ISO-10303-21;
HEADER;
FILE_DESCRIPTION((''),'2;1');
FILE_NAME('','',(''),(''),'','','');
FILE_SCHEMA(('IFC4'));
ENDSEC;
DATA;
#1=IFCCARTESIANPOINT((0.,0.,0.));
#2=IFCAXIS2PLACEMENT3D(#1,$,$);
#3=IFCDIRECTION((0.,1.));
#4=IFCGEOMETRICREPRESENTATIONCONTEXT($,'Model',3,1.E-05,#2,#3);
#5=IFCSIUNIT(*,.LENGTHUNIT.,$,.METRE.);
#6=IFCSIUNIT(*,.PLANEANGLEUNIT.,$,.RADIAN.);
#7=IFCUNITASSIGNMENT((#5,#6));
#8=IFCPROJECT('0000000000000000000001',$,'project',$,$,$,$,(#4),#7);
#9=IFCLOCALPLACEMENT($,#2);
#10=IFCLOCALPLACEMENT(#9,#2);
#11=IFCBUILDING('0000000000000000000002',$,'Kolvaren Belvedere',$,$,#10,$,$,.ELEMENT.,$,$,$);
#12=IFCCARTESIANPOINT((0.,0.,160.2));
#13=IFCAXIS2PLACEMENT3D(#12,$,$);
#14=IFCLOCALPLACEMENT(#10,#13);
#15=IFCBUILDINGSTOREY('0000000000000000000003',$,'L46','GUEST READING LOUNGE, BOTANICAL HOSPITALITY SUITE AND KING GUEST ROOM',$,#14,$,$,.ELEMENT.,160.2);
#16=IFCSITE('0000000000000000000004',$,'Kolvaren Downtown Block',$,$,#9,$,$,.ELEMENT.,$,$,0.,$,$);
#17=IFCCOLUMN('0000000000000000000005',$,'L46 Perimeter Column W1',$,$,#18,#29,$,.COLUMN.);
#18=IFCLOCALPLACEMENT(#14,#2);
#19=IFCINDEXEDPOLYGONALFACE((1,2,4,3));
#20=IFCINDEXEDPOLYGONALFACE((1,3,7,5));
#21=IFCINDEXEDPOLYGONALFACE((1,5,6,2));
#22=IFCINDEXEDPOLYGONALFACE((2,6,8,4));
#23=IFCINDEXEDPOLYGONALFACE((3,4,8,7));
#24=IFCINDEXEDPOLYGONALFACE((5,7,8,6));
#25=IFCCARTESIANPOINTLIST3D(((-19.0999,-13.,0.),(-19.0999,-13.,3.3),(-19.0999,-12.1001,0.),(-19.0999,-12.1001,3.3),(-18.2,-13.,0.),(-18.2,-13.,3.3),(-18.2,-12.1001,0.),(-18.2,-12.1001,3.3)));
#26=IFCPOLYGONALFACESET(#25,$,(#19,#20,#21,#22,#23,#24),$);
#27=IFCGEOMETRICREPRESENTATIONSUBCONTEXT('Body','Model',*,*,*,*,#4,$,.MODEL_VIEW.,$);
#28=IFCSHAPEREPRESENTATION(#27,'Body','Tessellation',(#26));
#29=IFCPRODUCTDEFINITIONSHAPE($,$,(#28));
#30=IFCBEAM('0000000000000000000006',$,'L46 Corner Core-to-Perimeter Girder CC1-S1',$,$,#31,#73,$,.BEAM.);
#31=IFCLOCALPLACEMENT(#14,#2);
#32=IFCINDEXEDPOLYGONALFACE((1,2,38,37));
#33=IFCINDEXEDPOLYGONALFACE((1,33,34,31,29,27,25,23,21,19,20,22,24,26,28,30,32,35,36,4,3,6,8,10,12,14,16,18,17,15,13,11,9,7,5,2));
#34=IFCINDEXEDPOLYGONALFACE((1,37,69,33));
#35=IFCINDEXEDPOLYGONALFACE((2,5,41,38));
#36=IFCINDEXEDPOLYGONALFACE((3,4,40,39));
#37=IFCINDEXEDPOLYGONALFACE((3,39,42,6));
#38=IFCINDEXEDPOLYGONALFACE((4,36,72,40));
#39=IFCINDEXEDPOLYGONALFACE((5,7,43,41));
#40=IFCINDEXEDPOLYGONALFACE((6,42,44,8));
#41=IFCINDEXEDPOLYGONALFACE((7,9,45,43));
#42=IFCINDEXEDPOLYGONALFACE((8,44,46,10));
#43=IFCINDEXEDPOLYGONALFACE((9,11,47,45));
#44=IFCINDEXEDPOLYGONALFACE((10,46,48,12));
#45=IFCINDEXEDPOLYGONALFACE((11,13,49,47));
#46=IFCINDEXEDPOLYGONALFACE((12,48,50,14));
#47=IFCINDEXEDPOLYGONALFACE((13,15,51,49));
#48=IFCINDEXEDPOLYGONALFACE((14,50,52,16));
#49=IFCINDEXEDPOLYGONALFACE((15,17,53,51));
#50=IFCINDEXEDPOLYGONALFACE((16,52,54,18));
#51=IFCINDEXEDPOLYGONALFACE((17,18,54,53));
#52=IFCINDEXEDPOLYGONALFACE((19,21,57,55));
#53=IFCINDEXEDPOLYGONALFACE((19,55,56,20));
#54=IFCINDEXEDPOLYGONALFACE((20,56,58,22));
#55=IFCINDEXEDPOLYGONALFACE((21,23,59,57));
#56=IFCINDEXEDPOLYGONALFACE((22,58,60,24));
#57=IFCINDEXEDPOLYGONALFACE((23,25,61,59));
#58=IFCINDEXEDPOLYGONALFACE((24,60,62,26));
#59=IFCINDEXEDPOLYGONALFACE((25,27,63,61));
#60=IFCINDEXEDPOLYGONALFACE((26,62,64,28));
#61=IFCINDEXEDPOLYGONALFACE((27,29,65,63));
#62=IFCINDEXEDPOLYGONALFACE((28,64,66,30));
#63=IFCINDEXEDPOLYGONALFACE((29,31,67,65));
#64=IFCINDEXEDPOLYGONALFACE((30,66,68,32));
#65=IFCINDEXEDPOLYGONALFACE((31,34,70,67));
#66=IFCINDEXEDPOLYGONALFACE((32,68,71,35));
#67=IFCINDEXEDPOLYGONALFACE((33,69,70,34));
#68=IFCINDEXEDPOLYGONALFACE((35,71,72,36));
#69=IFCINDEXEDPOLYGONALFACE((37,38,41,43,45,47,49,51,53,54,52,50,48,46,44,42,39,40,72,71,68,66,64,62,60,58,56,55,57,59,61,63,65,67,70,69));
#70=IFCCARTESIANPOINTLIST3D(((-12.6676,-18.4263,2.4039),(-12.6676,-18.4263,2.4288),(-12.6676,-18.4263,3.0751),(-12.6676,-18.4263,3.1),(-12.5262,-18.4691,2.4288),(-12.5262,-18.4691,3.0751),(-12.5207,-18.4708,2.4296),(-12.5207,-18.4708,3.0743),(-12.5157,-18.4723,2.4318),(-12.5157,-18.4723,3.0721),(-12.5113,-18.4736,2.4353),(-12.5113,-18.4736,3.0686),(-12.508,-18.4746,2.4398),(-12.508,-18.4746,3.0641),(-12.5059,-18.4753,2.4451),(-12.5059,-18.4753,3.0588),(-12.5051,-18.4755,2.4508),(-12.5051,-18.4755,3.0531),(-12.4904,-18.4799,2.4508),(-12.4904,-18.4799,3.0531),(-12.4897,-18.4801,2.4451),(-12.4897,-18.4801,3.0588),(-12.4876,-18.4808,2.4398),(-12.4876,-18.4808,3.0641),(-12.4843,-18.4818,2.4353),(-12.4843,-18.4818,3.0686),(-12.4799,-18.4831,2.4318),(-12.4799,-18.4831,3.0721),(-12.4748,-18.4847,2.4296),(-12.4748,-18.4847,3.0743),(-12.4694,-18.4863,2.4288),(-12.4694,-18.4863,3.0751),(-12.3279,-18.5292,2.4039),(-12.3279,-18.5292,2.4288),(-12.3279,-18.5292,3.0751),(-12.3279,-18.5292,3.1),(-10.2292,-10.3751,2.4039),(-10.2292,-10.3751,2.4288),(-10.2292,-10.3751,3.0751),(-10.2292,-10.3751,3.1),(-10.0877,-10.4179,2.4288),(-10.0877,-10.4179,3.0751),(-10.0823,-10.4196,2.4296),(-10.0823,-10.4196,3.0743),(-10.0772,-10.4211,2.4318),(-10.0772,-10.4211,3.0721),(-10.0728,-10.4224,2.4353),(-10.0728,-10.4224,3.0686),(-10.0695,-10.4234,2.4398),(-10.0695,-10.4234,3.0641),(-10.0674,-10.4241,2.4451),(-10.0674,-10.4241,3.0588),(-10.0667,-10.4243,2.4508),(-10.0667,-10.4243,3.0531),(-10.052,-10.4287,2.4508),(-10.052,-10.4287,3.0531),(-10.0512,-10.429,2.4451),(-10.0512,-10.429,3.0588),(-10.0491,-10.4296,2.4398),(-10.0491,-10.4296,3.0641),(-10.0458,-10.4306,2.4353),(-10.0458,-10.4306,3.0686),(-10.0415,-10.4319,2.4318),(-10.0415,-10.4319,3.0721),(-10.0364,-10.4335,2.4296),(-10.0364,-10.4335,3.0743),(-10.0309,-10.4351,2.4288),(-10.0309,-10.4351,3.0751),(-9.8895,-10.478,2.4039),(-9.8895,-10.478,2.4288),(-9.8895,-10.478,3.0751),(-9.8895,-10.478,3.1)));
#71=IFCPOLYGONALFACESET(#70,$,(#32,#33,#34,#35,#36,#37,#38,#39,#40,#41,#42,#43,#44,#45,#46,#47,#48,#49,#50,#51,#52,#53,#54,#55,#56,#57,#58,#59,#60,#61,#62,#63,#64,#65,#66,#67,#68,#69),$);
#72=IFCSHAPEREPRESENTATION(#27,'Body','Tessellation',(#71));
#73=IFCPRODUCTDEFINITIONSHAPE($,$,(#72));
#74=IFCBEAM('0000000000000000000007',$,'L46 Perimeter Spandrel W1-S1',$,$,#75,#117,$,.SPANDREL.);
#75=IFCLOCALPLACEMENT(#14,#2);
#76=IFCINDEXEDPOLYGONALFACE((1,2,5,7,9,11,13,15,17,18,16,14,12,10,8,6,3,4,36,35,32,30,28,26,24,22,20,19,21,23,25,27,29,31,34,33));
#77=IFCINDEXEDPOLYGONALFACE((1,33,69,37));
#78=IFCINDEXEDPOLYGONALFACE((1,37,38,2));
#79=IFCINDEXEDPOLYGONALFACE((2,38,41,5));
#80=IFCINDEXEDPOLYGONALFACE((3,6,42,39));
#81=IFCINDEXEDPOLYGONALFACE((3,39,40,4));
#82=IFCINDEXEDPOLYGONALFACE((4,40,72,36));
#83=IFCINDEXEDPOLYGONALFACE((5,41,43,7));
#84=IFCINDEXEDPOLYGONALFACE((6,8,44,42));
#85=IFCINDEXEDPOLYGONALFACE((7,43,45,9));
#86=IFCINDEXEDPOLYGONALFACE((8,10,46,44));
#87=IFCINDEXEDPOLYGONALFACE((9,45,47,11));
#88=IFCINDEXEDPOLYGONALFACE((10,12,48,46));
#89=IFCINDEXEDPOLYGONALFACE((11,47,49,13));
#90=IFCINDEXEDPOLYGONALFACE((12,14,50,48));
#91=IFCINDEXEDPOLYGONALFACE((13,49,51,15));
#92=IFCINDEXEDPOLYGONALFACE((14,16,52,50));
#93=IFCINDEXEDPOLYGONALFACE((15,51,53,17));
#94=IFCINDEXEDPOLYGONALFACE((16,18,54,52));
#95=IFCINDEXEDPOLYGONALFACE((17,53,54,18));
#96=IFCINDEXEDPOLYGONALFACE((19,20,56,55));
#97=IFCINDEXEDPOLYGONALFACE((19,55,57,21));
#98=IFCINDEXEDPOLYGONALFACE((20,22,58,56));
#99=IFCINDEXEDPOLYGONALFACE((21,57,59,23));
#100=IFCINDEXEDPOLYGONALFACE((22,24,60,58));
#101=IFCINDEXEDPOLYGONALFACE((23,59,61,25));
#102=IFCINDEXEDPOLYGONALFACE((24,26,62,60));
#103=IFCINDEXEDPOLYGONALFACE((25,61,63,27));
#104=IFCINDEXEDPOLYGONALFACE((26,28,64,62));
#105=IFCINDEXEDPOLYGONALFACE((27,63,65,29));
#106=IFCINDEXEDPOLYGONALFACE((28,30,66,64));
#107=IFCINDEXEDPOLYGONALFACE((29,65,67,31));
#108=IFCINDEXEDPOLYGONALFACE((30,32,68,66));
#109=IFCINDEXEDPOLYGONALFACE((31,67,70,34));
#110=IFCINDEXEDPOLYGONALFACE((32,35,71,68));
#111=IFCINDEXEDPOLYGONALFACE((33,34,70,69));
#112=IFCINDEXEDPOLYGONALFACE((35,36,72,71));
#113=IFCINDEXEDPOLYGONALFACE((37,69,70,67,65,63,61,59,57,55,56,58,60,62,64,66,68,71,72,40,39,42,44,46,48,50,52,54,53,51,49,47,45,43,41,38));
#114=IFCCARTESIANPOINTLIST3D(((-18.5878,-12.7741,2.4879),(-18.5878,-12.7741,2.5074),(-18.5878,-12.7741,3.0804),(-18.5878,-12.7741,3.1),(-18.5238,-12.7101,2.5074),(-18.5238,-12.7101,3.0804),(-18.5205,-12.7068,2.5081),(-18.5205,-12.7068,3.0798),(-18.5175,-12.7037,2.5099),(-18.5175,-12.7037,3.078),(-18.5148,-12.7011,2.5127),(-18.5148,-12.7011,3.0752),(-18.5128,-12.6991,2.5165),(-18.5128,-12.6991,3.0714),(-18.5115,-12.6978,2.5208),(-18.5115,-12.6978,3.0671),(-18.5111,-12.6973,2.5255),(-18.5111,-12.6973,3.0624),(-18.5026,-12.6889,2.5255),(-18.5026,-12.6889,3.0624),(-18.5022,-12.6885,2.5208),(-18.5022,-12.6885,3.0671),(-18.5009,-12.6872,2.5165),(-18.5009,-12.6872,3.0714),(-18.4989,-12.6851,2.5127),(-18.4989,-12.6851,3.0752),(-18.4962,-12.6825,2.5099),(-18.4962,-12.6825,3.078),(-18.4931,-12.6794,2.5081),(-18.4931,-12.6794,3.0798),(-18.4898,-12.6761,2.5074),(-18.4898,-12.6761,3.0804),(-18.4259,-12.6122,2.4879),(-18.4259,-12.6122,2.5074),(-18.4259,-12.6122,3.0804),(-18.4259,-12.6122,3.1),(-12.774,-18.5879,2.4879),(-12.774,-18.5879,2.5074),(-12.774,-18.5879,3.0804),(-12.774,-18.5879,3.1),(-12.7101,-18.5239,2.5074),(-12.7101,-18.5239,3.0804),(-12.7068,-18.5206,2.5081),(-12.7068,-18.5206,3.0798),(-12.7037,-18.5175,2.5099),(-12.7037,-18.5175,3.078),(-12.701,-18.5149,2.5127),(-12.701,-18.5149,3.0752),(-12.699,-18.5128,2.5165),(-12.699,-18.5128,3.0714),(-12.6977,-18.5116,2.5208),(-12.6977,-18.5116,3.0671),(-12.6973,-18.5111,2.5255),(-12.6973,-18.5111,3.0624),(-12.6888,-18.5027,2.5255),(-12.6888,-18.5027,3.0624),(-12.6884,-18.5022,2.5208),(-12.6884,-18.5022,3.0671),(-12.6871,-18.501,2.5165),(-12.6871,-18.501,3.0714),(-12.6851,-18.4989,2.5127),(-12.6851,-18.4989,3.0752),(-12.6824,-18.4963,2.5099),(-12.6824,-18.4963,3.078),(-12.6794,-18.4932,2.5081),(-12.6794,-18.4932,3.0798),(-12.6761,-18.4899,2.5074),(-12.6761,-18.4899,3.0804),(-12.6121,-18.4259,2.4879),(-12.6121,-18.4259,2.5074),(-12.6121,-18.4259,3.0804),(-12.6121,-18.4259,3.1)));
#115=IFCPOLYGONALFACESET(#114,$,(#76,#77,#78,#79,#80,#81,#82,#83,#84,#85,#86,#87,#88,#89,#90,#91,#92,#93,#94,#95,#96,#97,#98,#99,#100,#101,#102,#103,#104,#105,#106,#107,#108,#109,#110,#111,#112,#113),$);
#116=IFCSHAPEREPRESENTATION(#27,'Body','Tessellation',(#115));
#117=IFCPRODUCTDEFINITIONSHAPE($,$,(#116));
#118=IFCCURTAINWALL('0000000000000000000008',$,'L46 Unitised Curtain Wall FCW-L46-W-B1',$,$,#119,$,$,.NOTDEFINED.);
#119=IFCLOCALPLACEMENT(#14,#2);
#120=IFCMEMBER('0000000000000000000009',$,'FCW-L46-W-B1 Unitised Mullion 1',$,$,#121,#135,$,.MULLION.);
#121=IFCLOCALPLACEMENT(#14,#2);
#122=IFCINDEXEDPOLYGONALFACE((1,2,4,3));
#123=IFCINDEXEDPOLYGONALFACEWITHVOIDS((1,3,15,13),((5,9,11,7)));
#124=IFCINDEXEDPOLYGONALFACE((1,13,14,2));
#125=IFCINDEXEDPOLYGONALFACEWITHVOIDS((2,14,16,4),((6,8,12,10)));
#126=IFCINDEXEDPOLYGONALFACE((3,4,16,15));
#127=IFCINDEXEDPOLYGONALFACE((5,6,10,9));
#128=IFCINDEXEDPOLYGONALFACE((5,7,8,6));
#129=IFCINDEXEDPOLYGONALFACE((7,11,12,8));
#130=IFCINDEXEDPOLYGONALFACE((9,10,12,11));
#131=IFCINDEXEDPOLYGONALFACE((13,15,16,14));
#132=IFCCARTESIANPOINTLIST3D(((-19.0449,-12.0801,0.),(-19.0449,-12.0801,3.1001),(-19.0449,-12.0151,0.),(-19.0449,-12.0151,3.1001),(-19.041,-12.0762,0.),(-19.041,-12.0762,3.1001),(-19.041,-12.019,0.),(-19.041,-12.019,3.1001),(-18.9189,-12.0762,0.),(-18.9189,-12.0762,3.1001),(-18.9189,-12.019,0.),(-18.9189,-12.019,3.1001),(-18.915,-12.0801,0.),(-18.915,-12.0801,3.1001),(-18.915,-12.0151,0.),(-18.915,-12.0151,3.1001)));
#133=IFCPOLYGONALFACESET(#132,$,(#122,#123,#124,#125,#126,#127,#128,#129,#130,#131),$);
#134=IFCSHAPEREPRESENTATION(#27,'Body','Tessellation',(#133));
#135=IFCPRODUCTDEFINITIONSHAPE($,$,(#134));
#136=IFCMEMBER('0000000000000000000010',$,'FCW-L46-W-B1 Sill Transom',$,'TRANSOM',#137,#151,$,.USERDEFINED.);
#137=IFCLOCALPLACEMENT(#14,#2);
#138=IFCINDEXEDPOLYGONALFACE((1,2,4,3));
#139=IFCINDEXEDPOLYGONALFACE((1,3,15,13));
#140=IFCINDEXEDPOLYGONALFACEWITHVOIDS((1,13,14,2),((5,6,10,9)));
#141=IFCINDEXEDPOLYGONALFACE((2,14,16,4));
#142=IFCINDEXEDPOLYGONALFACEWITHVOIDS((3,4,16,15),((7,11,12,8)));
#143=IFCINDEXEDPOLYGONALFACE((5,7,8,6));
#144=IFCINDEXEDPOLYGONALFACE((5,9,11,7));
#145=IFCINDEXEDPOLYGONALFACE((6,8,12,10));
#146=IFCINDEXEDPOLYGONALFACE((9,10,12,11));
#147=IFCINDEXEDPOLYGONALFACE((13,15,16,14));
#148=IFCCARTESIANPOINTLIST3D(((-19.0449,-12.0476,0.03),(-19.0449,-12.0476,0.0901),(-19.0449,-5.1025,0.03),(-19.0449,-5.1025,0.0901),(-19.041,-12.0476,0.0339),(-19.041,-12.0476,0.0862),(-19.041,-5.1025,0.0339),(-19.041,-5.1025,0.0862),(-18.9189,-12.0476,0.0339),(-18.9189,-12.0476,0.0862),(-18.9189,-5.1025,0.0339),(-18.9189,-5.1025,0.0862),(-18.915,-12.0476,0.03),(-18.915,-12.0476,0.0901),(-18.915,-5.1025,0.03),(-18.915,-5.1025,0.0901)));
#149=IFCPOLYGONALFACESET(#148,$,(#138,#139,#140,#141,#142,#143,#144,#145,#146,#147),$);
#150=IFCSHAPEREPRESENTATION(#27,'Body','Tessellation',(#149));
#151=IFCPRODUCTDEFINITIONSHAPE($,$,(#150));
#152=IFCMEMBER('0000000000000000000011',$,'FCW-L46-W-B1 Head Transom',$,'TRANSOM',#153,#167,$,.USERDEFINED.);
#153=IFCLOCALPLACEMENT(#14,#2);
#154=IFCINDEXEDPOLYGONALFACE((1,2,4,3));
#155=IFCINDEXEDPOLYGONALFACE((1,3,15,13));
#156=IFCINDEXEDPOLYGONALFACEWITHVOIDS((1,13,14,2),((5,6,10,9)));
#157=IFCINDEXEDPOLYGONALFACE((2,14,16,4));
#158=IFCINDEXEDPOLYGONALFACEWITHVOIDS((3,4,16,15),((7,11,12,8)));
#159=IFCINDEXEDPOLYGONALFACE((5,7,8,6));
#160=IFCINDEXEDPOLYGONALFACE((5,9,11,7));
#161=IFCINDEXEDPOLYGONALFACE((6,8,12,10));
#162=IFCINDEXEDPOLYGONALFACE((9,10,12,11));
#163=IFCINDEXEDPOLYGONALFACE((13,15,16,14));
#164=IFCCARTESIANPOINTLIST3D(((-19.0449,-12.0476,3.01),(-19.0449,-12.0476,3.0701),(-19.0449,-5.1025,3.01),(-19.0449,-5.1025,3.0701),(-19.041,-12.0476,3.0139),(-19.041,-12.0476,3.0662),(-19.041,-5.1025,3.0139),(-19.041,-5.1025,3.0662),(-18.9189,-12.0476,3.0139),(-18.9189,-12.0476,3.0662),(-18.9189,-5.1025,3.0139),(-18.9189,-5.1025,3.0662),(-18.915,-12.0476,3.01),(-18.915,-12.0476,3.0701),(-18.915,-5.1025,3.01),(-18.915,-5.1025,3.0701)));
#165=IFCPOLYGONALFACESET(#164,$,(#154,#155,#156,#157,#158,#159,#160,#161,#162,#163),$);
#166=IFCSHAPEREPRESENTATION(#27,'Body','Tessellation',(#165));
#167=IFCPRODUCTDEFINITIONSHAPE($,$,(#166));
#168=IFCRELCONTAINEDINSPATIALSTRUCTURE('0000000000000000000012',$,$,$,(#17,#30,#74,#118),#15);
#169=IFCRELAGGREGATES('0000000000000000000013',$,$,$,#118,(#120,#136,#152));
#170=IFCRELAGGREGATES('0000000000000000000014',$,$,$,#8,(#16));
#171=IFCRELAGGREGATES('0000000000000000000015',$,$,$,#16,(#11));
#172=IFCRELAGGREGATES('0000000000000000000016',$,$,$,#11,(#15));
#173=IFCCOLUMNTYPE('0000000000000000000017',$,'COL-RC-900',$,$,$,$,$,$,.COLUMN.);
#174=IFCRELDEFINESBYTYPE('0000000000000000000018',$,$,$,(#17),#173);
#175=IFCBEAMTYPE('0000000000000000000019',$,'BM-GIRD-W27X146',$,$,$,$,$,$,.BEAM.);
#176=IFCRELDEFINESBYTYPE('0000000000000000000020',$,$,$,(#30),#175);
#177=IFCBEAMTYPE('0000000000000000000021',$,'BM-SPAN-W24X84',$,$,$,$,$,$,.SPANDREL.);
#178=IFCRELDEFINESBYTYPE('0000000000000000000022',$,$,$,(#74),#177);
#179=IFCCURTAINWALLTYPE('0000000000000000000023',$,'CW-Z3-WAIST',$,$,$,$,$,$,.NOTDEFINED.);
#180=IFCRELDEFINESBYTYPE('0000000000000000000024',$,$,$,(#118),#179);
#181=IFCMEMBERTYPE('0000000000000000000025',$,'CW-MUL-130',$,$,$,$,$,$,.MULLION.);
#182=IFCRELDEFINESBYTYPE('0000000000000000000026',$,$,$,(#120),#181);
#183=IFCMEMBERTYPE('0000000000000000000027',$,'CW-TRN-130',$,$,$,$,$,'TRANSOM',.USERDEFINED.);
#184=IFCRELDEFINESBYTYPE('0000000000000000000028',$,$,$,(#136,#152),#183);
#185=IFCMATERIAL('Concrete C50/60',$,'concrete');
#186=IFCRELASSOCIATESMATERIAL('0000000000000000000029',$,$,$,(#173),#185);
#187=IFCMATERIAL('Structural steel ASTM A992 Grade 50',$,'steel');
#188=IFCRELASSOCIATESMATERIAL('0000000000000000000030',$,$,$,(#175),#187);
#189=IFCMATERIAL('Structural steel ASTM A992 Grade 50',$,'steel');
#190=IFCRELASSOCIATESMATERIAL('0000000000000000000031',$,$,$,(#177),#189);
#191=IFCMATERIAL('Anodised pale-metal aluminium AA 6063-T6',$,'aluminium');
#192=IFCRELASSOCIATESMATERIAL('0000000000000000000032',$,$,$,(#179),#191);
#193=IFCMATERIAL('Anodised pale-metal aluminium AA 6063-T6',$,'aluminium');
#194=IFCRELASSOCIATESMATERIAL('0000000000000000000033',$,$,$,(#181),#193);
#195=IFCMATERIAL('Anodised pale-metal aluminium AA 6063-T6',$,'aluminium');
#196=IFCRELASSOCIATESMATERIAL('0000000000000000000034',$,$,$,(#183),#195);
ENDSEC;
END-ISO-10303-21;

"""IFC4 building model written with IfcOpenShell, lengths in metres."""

from ifc_helpers import new_model, si_unit, direction, frame, origin, origin_2d, place, context, subcontext, project, spatial, rectangle, hollow_rectangle, i_section, extrude, material, material_profile, profile_set, type_object, element, aggregate, save


model = new_model("IFC4")

# Units and contexts
model_context = context("Model", 3, precision=1e-05, world=origin(), true_north=direction((0.0, 1.0)))
body_context = subcontext(model_context, "Body", "Model", "MODEL_VIEW")
ifc_project = project(units=[si_unit("LENGTHUNIT", "METRE"), si_unit("PLANEANGLEUNIT", "RADIAN")], contexts=[model_context])

# Site, building, storey
site_placement = place(None, origin())
site = spatial("IfcSite", under=ifc_project, at=site_placement, Name="Kolvaren Downtown Block", CompositionType="ELEMENT", RefElevation=0.0)
building_placement = place(site_placement, origin())
building = spatial("IfcBuilding", under=site, at=building_placement, Name="Kolvaren Belvedere", CompositionType="ELEMENT")
storey_placement = place(building_placement, frame((0.0, 0.0, 160.2)))
storey = spatial("IfcBuildingStorey", under=building, at=storey_placement, Name="L46", Description="GUEST READING LOUNGE, BOTANICAL HOSPITALITY SUITE AND KING GUEST ROOM", CompositionType="ELEMENT", Elevation=160.2)

# Column
ifc_material_1 = material(Name="Concrete C50/60", Category="concrete")
ifc_material_profile_1 = material_profile(ifc_material_1, rectangle(XDim=0.8999, YDim=0.8999, at=origin_2d()), Name="RC 900X900")
ifc_profile_set_1 = profile_set([ifc_material_profile_1], Name="Concrete C50/60")
column_type = type_object("IfcColumnType", Name="COL-RC-900", PredefinedType="COLUMN", material=ifc_profile_set_1)
column_placement = place(storey_placement, frame((-18.6499, -12.55, 0.0), z_axis=(0.0, 0.0, 1.0), x_axis=(1.0, 0.0, 0.0)))
element("IfcColumn", 1, at=column_placement, inside=storey, type_object=column_type, Name="L46 Perimeter Column W1", PredefinedType="COLUMN", context=body_context, shape_type="SweptSolid", body=[
    extrude(rectangle(XDim=0.8999, YDim=0.8999, at=origin_2d()), origin(), (0.0, 0.0, 1.0), 3.3),
])

# Beams
ifc_material_2 = material(Name="Structural steel ASTM A992 Grade 50", Category="steel")
ifc_material_profile_2 = material_profile(ifc_material_2, i_section(OverallWidth=0.355, OverallDepth=0.696, WebThickness=0.0154, FlangeThickness=0.0249, FilletRadius=0.022, at=origin_2d()), Name="W27X146")
ifc_profile_set_2 = profile_set([ifc_material_profile_2], Name="Structural steel ASTM A992 Grade 50")
beam_type_1 = type_object("IfcBeamType", Name="BM-GIRD-W27X146", PredefinedType="BEAM", material=ifc_profile_set_2)
beam_1_placement = place(storey_placement, frame((-10.0593, -10.4265, 2.752), z_axis=(-0.289866, -0.957067, 0.0), x_axis=(0.957067, -0.289866, 0.0)))
element("IfcBeam", 2, at=beam_1_placement, inside=storey, type_object=beam_type_1, Name="L46 Corner Core-to-Perimeter Girder CC1-S1", PredefinedType="BEAM", context=body_context, shape_type="SweptSolid", body=[
    extrude(i_section(OverallWidth=0.355, OverallDepth=0.696, WebThickness=0.0154, FlangeThickness=0.0249, FilletRadius=0.022, at=origin_2d()), origin(), (0.0, 0.0, 1.0), 8.4124),
])
ifc_material_3 = material(Name="Structural steel ASTM A992 Grade 50", Category="steel")
ifc_material_profile_3 = material_profile(ifc_material_3, i_section(OverallWidth=0.229, OverallDepth=0.6121, WebThickness=0.012, FlangeThickness=0.0195, FilletRadius=0.0181, at=origin_2d()), Name="W24X84")
ifc_profile_set_3 = profile_set([ifc_material_profile_3], Name="Structural steel ASTM A992 Grade 50")
beam_type_2 = type_object("IfcBeamType", Name="BM-SPAN-W24X84", PredefinedType="SPANDREL", material=ifc_profile_set_3)
beam_2_placement = place(storey_placement, frame((-18.5068, -12.6931, 2.7939), z_axis=(0.707107, -0.707107, 0.0), x_axis=(0.707107, 0.707107, 0.0)))
element("IfcBeam", 3, at=beam_2_placement, inside=storey, type_object=beam_type_2, Name="L46 Perimeter Spandrel W1-S1", PredefinedType="SPANDREL", context=body_context, shape_type="SweptSolid", body=[
    extrude(i_section(OverallWidth=0.229, OverallDepth=0.6121, WebThickness=0.012, FlangeThickness=0.0195, FilletRadius=0.0181, at=origin_2d()), origin(), (0.0, 0.0, 1.0), 8.2219),
])

# Curtain wall, members
ifc_material_4 = material(Name="Anodised pale-metal aluminium AA 6063-T6", Category="aluminium")
curtain_wall_type = type_object("IfcCurtainWallType", Name="CW-Z3-WAIST", PredefinedType="NOTDEFINED", material=ifc_material_4)
curtain_wall_placement = place(storey_placement, origin())
curtain_wall = element("IfcCurtainWall", 4, at=curtain_wall_placement, inside=storey, type_object=curtain_wall_type, Name="L46 Unitised Curtain Wall FCW-L46-W-B1", PredefinedType="NOTDEFINED")
ifc_material_5 = material(Name="Anodised pale-metal aluminium AA 6063-T6", Category="aluminium")
ifc_material_profile_4 = material_profile(ifc_material_5, hollow_rectangle(XDim=0.0649, YDim=0.1299, WallThickness=0.0039, at=origin_2d()), Name="ALU-MUL-130X65")
ifc_profile_set_4 = profile_set([ifc_material_profile_4], Name="Anodised pale-metal aluminium AA 6063-T6")
member_type_1 = type_object("IfcMemberType", Name="CW-MUL-130", PredefinedType="MULLION", material=ifc_profile_set_4)
member_1_placement = place(storey_placement, frame((-18.98, -12.0476, 0.0), z_axis=(0.0, 0.0, 1.0), x_axis=(0.0, 1.0, 0.0)))
member_1 = element("IfcMember", 5, at=member_1_placement, type_object=member_type_1, Name="FCW-L46-W-B1 Unitised Mullion 1", PredefinedType="MULLION", context=body_context, shape_type="SweptSolid", body=[
    extrude(hollow_rectangle(XDim=0.0649, YDim=0.1299, WallThickness=0.0039, at=origin_2d()), origin(), (0.0, 0.0, 1.0), 3.1001),
])
ifc_material_6 = material(Name="Anodised pale-metal aluminium AA 6063-T6", Category="aluminium")
ifc_material_profile_5 = material_profile(ifc_material_6, hollow_rectangle(XDim=0.0601, YDim=0.1299, WallThickness=0.0039, at=origin_2d()), Name="ALU-TRN-130X60")
ifc_profile_set_5 = profile_set([ifc_material_profile_5], Name="Anodised pale-metal aluminium AA 6063-T6")
member_type_2 = type_object("IfcMemberType", Name="CW-TRN-130", ElementType="TRANSOM", PredefinedType="USERDEFINED", material=ifc_profile_set_5)
member_2_placement = place(storey_placement, frame((-18.98, -12.0476, 0.0601), z_axis=(0.0, 1.0, 0.0), x_axis=(0.0, 0.0, 1.0)))
member_2 = element("IfcMember", 6, at=member_2_placement, type_object=member_type_2, Name="FCW-L46-W-B1 Sill Transom", ObjectType="TRANSOM", PredefinedType="USERDEFINED", context=body_context, shape_type="SweptSolid", body=[
    extrude(hollow_rectangle(XDim=0.0601, YDim=0.1299, WallThickness=0.0039, at=origin_2d()), origin(), (0.0, 0.0, 1.0), 6.9451),
])
member_3_placement = place(storey_placement, frame((-18.98, -12.0476, 3.04), z_axis=(0.0, 1.0, 0.0), x_axis=(0.0, 0.0, 1.0)))
member_3 = element("IfcMember", 7, at=member_3_placement, type_object=member_type_2, Name="FCW-L46-W-B1 Head Transom", ObjectType="TRANSOM", PredefinedType="USERDEFINED", context=body_context, shape_type="SweptSolid", body=[
    extrude(hollow_rectangle(XDim=0.0601, YDim=0.1299, WallThickness=0.0039, at=origin_2d()), origin(), (0.0, 0.0, 1.0), 6.9451),
])
aggregate(curtain_wall, [member_1, member_2, member_3])

save(model, "model.ifc")
